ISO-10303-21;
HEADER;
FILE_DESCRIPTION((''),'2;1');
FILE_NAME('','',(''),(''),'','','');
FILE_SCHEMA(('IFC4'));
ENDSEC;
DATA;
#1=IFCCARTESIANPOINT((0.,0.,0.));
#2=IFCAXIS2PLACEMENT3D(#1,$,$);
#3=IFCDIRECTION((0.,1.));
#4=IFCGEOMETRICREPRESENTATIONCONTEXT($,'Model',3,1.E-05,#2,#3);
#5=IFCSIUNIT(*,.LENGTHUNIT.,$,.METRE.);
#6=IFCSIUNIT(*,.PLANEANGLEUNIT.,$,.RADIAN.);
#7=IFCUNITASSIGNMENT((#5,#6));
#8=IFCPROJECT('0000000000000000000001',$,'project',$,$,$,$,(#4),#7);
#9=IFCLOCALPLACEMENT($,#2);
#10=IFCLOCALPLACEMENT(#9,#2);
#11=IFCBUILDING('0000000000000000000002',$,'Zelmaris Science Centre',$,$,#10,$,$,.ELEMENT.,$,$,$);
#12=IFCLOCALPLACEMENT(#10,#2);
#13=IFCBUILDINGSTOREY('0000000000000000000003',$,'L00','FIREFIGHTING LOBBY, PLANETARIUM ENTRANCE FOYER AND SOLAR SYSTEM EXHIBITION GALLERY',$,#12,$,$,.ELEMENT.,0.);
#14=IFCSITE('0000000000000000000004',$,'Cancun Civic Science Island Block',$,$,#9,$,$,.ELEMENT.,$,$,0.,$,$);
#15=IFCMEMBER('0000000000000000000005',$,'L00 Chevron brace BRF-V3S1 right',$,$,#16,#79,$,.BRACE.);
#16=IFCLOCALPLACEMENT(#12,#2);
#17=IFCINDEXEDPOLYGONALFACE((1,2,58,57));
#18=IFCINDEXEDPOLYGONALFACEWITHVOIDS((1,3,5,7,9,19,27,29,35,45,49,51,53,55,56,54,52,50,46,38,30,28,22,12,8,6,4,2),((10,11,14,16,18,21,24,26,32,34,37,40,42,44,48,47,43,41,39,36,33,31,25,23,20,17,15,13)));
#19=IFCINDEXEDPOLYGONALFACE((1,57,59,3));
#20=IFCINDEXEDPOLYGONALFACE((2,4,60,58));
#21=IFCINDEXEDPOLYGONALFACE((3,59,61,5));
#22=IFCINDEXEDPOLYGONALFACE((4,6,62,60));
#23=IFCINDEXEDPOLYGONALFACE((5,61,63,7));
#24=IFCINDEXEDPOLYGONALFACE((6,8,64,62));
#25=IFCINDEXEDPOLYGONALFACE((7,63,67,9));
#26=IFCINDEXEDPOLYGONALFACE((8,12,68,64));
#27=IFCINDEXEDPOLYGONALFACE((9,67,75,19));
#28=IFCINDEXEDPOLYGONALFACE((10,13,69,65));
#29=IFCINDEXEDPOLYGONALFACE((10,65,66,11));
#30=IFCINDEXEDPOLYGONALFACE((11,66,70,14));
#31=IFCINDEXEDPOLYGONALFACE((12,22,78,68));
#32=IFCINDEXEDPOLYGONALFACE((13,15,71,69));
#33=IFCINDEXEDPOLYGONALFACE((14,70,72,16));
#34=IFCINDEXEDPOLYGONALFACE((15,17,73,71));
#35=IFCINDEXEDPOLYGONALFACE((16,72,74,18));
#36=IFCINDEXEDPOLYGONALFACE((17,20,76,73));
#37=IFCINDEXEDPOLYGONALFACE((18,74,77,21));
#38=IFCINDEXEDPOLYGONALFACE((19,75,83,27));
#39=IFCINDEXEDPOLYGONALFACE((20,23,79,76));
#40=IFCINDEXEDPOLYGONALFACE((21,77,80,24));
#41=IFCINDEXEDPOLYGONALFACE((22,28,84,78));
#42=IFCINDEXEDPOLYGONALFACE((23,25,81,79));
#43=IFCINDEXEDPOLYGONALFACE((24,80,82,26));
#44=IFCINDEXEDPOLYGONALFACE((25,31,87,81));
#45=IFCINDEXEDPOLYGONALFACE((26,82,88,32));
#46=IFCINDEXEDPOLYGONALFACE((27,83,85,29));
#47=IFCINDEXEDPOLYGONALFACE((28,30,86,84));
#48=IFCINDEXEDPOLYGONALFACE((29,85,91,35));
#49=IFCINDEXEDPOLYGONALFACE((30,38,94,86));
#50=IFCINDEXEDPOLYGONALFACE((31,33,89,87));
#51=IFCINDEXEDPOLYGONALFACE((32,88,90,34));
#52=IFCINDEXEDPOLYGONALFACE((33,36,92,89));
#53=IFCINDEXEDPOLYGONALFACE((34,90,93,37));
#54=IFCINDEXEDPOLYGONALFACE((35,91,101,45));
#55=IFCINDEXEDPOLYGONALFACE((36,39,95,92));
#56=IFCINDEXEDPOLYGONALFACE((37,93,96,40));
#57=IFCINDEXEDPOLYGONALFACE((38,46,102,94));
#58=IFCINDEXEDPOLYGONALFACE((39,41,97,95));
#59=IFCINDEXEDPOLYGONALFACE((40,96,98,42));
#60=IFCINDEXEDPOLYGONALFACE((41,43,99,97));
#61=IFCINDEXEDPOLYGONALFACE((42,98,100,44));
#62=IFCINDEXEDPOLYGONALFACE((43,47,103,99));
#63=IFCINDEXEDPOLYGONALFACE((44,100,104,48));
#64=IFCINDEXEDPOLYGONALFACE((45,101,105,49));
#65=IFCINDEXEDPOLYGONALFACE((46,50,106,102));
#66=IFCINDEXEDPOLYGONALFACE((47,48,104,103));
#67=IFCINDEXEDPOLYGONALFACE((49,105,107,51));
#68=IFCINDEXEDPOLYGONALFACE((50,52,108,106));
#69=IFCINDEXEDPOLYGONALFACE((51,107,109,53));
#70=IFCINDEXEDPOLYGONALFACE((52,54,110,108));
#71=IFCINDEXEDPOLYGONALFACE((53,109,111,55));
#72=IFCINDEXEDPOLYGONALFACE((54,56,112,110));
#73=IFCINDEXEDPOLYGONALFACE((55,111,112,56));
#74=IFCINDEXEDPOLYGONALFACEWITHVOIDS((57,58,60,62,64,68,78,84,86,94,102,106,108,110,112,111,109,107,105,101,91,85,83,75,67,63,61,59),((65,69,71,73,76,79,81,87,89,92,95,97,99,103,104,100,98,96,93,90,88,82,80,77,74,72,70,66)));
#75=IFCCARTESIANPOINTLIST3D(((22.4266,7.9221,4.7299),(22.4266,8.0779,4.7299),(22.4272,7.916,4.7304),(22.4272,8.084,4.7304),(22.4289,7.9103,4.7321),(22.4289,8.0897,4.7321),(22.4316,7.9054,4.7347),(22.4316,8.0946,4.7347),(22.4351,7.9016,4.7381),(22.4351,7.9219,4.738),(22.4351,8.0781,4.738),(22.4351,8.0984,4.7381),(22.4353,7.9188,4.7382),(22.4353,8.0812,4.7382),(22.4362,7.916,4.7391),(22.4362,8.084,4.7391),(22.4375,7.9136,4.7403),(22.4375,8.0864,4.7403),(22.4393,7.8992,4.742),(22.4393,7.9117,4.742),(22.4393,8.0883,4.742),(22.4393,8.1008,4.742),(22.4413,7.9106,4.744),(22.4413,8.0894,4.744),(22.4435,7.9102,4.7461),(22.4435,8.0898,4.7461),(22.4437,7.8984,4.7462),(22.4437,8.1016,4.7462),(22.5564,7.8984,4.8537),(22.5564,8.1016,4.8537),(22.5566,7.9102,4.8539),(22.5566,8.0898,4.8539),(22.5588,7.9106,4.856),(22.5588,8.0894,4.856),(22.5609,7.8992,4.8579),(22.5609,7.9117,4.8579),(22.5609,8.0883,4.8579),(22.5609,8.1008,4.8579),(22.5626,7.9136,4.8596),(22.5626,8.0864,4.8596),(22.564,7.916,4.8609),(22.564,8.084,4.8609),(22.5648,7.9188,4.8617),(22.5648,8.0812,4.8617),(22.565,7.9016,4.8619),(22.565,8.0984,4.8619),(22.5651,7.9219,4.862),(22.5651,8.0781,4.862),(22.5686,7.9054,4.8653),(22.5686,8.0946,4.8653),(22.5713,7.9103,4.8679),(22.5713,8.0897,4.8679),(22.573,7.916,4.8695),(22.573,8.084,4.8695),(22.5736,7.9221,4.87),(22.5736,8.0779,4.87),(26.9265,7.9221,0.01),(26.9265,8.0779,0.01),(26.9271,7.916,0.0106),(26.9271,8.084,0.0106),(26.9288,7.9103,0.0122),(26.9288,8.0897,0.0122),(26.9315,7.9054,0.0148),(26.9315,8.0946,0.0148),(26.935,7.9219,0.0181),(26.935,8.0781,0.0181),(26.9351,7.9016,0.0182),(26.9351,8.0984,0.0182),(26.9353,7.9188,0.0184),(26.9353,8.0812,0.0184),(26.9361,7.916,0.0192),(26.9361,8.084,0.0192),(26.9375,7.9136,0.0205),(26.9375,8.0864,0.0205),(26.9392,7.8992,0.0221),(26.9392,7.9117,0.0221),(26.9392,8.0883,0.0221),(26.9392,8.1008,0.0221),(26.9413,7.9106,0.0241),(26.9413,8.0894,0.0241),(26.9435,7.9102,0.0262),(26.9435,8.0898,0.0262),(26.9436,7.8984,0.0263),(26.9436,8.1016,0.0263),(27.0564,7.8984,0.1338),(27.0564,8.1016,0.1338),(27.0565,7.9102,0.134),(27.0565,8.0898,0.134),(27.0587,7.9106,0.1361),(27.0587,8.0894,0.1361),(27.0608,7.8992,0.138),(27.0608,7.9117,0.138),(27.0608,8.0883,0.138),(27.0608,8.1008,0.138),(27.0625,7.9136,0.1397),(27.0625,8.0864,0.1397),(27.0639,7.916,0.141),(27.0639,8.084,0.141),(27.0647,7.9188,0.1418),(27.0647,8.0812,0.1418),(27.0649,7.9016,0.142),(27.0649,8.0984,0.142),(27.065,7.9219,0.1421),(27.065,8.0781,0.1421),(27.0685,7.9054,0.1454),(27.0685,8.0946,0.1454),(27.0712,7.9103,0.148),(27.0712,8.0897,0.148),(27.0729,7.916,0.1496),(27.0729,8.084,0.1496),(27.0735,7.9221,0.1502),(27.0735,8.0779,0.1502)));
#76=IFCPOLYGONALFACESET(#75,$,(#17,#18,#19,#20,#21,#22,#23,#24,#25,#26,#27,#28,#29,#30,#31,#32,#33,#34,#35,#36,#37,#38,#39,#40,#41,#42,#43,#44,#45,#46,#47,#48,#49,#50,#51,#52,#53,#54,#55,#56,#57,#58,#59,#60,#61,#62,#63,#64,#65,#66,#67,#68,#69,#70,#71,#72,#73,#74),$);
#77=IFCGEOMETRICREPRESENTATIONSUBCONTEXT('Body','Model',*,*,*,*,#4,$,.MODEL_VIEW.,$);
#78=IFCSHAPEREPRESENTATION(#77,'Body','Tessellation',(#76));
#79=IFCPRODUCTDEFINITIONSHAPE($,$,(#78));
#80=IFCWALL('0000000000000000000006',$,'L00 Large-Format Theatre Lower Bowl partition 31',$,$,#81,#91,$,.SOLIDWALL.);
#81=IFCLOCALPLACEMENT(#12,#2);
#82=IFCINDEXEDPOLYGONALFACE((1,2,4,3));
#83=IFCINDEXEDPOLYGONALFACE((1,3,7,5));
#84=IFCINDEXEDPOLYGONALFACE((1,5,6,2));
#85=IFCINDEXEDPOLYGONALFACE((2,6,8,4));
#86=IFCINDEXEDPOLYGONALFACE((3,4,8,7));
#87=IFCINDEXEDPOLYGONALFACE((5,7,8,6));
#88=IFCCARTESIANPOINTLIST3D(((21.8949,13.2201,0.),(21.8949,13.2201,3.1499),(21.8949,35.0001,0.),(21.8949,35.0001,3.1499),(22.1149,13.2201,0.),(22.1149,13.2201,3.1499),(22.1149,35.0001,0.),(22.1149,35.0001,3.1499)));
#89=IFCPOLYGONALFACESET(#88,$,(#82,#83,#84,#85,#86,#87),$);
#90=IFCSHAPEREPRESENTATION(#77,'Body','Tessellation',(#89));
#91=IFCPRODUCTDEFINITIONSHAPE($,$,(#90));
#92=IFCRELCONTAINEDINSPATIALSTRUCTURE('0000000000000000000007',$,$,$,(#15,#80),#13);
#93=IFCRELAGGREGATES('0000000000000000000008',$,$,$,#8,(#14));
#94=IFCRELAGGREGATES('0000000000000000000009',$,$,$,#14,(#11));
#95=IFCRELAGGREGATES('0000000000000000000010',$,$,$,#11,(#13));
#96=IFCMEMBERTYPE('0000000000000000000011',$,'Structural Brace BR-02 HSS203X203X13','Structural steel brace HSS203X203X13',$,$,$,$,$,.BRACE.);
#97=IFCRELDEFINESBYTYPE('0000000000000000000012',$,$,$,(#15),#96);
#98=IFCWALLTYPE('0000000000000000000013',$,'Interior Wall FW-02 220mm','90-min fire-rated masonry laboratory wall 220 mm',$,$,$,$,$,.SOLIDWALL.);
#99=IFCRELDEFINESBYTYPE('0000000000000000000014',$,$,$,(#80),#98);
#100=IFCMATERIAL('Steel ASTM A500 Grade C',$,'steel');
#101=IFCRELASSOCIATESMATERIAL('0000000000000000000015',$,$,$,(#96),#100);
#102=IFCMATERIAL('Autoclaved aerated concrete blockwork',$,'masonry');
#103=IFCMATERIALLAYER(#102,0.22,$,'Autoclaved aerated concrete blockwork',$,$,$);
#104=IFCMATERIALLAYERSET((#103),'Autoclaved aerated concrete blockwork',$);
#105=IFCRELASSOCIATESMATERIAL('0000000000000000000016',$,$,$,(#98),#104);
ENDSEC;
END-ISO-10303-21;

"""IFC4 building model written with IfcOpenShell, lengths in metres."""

from ifc_helpers import new_model, si_unit, direction, frame, frame_2d, origin, origin_2d, place, context, subcontext, project, spatial, rectangle, hollow_rectangle, extrude, material, layer, layer_set, material_profile, profile_set, type_object, element, save


model = new_model("IFC4")

# Units and contexts
model_context = context("Model", 3, precision=1e-05, world=origin(), true_north=direction((0.0, 1.0)))
body_context = subcontext(model_context, "Body", "Model", "MODEL_VIEW")
ifc_project = project(units=[si_unit("LENGTHUNIT", "METRE"), si_unit("PLANEANGLEUNIT", "RADIAN")], contexts=[model_context])

# Site, building, storey
site_placement = place(None, origin())
site = spatial("IfcSite", under=ifc_project, at=site_placement, Name="Cancun Civic Science Island Block", CompositionType="ELEMENT", RefElevation=0.0)
building_placement = place(site_placement, origin())
building = spatial("IfcBuilding", under=site, at=building_placement, Name="Zelmaris Science Centre", CompositionType="ELEMENT")
storey_placement = place(building_placement, origin())
storey = spatial("IfcBuildingStorey", under=building, at=storey_placement, Name="L00", Description="FIREFIGHTING LOBBY, PLANETARIUM ENTRANCE FOYER AND SOLAR SYSTEM EXHIBITION GALLERY", CompositionType="ELEMENT", Elevation=0.0)

# Member
ifc_material_1 = material(Name="Steel ASTM A500 Grade C", Category="steel")
ifc_material_profile_1 = material_profile(ifc_material_1, hollow_rectangle(XDim=0.2031, YDim=0.2031, WallThickness=0.0117, InnerFilletRadius=0.0117, OuterFilletRadius=0.0237, at=origin_2d()), Name="HSS203X203X13")
ifc_profile_set_1 = profile_set([ifc_material_profile_1], Name="Steel ASTM A500 Grade C")
member_type_1 = type_object("IfcMemberType", Name="Structural Brace BR-02 HSS203X203X13", Description="Structural steel brace HSS203X203X13", PredefinedType="BRACE", material=ifc_profile_set_1)
for number, where, z_axis, x_axis, name in (
    (1, (27.0, 8.0, 0.0801), (-0.69004, 0.0, 0.723771), (0.0, -1.0, 0.0), "L00 Chevron brace BRF-V3S1 right"),
):
    element("IfcMember", number, at=place(storey_placement, frame(where, z_axis=z_axis, x_axis=x_axis)), inside=storey, type_object=member_type_1, Name=name, PredefinedType="BRACE", context=body_context, shape_type="SweptSolid", body=[
        extrude(hollow_rectangle(XDim=0.2031, YDim=0.2031, WallThickness=0.0117, InnerFilletRadius=0.0117, OuterFilletRadius=0.0237, at=origin_2d()), origin(), (0.0, 0.0, 1.0), 6.5212),
    ])

# Wall
ifc_material_2 = material(Name="Autoclaved aerated concrete blockwork", Category="masonry")
ifc_layer = layer(ifc_material_2, 0.22, Name="Autoclaved aerated concrete blockwork")
ifc_layer_set = layer_set([ifc_layer], Name="Autoclaved aerated concrete blockwork")
wall_type = type_object("IfcWallType", Name="Interior Wall FW-02 220mm", Description="90-min fire-rated masonry laboratory wall 220 mm", PredefinedType="SOLIDWALL", material=ifc_layer_set)
wall_placement = place(storey_placement, frame((22.0049, 13.22, 0.0), z_axis=(0.0, 0.0, 1.0), x_axis=(0.0, 1.0, 0.0)))
element("IfcWall", 2, at=wall_placement, inside=storey, type_object=wall_type, Name="L00 Large-Format Theatre Lower Bowl partition 31", PredefinedType="SOLIDWALL", context=body_context, shape_type="SweptSolid", body=[
    extrude(rectangle(XDim=21.78, YDim=0.22, at=frame_2d((10.8901, 0.0))), origin(), (0.0, 0.0, 1.0), 3.1499),
])

save(model, "model.ifc")
